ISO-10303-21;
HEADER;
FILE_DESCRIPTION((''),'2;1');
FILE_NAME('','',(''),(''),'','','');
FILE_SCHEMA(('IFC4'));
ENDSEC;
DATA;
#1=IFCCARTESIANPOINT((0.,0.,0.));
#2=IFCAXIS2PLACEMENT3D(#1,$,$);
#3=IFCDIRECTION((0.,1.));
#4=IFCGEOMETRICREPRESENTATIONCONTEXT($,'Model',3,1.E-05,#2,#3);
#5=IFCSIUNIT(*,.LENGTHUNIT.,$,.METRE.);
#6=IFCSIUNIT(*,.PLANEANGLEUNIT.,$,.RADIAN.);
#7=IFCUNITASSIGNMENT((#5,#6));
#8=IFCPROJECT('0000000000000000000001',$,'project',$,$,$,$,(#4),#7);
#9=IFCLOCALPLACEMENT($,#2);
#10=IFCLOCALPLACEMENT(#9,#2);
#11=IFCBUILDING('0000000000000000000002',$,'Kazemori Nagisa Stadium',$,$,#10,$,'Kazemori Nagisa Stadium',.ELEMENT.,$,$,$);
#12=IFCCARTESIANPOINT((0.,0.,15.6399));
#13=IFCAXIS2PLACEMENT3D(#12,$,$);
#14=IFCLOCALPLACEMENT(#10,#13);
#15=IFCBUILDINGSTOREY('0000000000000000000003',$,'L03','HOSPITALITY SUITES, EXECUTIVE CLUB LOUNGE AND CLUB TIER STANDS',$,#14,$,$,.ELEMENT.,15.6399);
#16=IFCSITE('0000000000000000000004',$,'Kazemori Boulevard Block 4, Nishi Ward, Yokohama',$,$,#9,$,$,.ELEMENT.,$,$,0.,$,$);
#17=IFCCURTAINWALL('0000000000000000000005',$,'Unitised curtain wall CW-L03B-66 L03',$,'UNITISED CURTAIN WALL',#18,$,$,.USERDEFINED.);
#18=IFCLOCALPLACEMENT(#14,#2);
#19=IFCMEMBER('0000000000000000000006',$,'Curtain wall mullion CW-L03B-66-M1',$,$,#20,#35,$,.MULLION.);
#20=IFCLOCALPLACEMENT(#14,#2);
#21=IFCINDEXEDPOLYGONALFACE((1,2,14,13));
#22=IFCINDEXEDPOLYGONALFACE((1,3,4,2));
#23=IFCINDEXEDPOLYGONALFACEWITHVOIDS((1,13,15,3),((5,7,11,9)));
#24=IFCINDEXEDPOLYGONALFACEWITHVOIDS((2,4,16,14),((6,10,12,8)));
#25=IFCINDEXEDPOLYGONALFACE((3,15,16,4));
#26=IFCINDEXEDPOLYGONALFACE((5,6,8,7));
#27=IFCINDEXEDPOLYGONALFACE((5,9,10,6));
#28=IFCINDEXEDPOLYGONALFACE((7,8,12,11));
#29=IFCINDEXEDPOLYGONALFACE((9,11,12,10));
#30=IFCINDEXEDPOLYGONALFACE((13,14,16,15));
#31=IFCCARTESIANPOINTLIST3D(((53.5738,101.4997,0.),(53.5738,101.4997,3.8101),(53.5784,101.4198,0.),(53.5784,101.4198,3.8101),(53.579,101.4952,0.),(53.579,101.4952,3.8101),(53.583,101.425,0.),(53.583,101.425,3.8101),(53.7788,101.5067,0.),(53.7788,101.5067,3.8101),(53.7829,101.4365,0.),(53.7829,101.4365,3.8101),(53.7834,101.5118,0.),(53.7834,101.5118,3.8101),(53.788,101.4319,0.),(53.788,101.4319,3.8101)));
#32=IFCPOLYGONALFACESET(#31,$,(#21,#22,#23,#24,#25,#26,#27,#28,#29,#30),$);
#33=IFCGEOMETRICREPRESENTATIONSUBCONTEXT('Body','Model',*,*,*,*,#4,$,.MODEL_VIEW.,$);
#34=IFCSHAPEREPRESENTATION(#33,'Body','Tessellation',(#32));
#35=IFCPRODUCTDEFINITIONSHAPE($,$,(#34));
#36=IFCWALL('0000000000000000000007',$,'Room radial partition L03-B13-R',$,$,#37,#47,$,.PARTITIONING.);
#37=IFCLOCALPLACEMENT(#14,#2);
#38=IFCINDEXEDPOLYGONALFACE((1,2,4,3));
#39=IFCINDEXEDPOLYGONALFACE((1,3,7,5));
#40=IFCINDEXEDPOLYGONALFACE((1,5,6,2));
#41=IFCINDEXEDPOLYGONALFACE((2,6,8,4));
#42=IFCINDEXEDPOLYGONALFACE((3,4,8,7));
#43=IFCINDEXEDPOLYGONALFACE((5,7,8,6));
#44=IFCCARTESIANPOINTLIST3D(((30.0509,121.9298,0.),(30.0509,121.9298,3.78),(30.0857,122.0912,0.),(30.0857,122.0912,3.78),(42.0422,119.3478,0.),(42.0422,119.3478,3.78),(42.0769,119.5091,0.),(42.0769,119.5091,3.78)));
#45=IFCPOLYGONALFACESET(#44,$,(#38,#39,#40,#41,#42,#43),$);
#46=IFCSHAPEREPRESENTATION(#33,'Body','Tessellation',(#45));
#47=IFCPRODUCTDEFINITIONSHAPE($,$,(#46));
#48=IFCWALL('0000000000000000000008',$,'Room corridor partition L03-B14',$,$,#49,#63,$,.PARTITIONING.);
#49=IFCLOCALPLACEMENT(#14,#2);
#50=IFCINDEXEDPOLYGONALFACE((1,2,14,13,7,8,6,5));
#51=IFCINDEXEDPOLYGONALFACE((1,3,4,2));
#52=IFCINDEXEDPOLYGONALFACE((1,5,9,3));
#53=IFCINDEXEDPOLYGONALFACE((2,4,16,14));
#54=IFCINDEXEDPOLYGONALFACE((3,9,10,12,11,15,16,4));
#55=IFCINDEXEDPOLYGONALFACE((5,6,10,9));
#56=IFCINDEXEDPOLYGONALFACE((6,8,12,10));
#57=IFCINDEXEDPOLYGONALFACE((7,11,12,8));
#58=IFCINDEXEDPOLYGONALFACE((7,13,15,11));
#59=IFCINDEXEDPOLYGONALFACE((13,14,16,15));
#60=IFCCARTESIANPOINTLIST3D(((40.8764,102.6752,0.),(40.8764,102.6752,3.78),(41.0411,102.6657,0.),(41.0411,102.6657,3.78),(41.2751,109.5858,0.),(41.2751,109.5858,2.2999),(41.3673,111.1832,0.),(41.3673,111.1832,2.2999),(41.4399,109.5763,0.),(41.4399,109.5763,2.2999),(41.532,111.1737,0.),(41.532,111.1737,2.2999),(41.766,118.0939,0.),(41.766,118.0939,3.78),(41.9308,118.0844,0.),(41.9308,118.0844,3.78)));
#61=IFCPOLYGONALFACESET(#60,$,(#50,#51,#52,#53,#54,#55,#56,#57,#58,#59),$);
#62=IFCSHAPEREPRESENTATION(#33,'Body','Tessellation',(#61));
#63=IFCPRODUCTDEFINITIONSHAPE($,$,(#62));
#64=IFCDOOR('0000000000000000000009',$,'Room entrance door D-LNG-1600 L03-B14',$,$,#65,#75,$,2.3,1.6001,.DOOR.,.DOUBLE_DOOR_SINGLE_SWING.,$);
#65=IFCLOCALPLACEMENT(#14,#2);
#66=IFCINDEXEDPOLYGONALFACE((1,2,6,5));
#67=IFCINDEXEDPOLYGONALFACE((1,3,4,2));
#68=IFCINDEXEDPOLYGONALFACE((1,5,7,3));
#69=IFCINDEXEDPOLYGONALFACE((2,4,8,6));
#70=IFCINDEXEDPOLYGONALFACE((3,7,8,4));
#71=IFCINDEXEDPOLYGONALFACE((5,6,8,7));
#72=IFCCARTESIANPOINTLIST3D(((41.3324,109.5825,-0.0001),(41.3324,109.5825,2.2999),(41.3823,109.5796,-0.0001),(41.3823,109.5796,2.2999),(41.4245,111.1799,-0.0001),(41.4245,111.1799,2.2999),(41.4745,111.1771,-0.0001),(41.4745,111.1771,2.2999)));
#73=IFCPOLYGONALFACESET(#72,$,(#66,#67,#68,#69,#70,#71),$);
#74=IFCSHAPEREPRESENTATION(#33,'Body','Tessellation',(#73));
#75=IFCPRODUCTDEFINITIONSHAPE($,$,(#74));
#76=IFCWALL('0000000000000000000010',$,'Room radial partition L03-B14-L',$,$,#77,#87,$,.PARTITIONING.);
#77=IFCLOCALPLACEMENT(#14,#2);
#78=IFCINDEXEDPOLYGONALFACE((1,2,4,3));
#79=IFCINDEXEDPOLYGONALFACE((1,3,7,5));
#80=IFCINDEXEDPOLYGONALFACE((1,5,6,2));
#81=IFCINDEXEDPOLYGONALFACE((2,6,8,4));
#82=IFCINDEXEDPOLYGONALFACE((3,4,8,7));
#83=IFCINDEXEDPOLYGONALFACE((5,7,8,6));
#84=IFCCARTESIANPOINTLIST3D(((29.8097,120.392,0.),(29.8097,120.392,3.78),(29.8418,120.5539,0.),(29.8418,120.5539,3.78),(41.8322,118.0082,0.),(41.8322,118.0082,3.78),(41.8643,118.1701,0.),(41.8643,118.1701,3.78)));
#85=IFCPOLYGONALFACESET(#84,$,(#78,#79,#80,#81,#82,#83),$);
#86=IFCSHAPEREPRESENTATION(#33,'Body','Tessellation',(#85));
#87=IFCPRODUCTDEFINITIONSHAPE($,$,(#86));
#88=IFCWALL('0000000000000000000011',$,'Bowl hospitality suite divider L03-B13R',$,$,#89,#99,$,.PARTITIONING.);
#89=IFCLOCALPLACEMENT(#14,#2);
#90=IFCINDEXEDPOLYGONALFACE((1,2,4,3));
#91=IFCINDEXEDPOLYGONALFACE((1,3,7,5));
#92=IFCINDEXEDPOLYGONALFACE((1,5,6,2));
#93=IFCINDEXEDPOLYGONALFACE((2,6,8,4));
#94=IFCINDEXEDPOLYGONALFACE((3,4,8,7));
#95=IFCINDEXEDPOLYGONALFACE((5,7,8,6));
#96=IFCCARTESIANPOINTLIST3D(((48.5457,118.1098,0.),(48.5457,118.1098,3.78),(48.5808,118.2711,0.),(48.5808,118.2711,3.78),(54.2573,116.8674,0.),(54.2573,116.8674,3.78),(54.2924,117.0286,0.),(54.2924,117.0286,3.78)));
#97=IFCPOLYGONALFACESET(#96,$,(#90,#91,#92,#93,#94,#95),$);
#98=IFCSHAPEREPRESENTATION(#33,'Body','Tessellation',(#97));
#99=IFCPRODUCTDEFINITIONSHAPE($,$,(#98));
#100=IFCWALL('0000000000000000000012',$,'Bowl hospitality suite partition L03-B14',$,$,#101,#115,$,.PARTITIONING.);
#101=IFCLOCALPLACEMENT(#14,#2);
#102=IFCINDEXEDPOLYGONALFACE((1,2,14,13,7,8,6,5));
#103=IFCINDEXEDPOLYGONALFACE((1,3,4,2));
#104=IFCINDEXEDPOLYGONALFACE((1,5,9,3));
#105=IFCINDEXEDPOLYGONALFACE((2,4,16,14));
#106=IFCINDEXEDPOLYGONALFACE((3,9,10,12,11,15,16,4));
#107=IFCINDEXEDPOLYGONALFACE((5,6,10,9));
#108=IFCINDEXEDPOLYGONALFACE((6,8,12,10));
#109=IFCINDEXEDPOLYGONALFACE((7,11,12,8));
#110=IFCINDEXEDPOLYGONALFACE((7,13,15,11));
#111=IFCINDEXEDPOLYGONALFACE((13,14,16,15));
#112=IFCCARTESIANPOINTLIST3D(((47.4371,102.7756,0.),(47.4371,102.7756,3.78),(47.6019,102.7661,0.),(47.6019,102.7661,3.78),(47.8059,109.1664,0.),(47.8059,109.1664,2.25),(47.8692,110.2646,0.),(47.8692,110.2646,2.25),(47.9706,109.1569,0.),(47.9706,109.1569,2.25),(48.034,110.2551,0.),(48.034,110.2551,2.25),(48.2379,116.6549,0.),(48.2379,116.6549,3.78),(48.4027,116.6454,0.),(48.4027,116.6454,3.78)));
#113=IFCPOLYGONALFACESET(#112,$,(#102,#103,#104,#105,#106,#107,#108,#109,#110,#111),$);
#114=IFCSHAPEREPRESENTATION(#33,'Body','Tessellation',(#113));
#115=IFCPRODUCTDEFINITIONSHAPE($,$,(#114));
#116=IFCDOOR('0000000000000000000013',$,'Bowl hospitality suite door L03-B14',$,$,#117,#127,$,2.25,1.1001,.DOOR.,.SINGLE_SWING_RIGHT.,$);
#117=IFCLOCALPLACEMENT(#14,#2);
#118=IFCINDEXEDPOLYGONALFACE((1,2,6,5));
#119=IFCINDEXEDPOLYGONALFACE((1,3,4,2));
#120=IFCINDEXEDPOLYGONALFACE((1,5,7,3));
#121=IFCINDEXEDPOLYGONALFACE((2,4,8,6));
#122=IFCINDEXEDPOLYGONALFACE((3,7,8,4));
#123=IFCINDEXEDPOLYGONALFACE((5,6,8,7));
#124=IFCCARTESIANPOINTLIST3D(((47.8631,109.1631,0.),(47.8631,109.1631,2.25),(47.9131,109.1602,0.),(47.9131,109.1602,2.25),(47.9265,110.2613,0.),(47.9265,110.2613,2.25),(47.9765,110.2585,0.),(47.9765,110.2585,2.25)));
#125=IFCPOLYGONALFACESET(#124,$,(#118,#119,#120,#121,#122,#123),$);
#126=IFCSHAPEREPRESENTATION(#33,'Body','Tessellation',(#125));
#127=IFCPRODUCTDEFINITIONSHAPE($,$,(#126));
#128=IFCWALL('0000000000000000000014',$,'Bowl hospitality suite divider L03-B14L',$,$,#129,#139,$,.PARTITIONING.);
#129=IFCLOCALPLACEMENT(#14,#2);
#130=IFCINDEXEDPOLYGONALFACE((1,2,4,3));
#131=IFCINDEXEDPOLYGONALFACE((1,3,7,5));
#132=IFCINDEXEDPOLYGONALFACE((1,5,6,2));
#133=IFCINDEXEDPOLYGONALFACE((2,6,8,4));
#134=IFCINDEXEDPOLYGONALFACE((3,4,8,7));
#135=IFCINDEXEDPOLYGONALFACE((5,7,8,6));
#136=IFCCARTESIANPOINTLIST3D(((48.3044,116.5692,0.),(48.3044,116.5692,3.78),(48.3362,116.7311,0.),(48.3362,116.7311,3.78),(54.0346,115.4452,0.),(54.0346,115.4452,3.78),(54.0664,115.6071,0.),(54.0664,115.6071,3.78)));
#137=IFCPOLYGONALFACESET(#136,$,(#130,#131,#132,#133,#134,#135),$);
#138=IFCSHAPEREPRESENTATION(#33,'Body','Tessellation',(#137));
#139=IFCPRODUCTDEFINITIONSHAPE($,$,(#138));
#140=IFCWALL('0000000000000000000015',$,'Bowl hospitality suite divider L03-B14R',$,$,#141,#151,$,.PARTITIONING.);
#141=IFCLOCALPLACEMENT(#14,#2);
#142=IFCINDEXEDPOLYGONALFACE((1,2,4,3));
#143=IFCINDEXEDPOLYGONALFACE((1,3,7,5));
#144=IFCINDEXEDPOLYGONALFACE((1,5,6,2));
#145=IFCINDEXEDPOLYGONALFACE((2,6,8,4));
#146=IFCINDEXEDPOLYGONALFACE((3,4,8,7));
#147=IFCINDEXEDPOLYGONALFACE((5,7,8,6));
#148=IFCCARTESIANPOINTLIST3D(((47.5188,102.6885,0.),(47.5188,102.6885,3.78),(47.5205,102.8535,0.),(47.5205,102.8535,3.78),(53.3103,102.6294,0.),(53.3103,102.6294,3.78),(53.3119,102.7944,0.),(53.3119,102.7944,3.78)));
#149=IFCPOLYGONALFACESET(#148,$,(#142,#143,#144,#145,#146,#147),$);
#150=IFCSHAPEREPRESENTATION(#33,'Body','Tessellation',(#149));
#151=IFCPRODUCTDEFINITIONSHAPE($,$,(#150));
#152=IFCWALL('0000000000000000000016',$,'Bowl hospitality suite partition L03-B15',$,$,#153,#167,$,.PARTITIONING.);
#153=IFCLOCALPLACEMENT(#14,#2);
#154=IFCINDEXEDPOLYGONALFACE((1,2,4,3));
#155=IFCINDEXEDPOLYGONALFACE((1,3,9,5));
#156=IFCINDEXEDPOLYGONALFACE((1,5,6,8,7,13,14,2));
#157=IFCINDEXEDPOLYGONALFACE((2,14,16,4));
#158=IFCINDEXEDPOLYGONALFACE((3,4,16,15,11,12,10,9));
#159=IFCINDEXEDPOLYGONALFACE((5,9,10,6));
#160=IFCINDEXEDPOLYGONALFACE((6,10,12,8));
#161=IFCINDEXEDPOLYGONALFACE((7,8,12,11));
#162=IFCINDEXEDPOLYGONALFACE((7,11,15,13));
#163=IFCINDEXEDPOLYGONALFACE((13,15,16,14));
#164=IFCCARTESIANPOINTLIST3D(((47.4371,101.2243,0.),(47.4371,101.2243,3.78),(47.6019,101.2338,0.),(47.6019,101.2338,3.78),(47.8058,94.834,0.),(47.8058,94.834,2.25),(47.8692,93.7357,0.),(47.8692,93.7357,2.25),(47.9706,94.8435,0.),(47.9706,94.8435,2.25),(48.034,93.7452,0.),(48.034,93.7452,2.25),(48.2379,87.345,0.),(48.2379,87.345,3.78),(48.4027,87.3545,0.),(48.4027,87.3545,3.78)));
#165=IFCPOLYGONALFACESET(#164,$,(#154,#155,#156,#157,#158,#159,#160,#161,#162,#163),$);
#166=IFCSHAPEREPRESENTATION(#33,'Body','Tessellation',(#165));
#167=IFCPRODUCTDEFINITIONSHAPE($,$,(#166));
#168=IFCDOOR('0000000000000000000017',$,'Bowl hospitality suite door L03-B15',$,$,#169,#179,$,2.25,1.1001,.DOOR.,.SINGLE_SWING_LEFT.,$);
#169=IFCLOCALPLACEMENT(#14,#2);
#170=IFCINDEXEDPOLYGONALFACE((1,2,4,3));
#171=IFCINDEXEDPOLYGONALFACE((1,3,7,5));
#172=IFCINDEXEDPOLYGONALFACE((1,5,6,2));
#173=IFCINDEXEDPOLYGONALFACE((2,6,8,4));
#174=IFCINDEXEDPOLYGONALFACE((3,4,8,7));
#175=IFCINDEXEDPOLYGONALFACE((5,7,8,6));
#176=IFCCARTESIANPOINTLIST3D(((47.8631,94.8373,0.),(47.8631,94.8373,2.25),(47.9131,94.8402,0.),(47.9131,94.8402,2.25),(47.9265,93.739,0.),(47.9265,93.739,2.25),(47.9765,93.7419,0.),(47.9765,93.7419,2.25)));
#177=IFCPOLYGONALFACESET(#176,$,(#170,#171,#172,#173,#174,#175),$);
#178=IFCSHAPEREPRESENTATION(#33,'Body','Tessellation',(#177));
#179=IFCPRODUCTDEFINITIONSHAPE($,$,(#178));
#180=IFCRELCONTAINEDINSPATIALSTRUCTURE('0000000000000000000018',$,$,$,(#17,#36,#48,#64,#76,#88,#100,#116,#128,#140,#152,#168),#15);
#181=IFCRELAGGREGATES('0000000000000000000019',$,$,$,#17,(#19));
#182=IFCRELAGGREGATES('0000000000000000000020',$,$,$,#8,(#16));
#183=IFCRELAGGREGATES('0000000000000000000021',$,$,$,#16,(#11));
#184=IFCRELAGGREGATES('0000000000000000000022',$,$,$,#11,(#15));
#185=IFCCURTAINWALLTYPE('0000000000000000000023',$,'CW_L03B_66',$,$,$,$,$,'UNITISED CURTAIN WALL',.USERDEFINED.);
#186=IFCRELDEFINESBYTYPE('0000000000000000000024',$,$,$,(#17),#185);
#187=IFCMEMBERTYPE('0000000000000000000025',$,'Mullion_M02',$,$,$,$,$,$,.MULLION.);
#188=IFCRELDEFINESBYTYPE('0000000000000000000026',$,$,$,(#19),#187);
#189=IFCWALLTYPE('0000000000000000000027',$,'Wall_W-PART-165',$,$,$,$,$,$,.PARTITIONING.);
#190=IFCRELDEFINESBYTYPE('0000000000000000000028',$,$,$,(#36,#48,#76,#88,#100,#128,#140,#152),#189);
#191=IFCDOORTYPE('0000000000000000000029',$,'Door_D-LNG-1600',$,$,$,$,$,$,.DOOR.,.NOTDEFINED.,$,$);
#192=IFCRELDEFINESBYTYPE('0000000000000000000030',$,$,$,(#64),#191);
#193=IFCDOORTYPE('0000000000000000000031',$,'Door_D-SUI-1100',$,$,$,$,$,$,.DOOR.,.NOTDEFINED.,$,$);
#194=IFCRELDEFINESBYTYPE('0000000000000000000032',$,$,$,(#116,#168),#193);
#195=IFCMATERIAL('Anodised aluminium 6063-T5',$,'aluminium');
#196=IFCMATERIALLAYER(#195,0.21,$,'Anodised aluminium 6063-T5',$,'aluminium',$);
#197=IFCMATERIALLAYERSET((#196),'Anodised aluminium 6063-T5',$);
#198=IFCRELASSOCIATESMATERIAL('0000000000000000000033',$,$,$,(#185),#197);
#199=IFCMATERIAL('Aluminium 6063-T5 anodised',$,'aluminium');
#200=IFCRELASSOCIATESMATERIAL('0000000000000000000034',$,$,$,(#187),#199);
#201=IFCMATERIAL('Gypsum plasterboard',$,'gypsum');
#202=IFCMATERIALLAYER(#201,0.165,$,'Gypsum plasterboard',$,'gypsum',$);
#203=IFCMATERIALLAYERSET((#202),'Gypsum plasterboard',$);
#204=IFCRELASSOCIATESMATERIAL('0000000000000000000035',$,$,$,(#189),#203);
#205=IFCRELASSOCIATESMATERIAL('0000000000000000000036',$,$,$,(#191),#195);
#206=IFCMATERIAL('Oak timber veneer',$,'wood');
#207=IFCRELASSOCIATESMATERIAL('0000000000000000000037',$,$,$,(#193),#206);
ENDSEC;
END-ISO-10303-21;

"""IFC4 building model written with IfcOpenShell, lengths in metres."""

from ifc_helpers import new_model, si_unit, direction, frame, frame_2d, origin, origin_2d, place, context, subcontext, project, spatial, rectangle, hollow_rectangle, extrude, material, layer, layer_set, material_profile, profile_set, type_object, element, fill, aggregate, save


model = new_model("IFC4")

# Units and contexts
model_context = context("Model", 3, precision=1e-05, world=origin(), true_north=direction((0.0, 1.0)))
body_context = subcontext(model_context, "Body", "Model", "MODEL_VIEW")
ifc_project = project(units=[si_unit("LENGTHUNIT", "METRE"), si_unit("PLANEANGLEUNIT", "RADIAN")], contexts=[model_context])

# Site, building, storey
site_placement = place(None, origin())
site = spatial("IfcSite", under=ifc_project, at=site_placement, Name="Kazemori Boulevard Block 4, Nishi Ward, Yokohama", CompositionType="ELEMENT", RefElevation=0.0)
building_placement = place(site_placement, origin())
building = spatial("IfcBuilding", under=site, at=building_placement, Name="Kazemori Nagisa Stadium", LongName="Kazemori Nagisa Stadium", CompositionType="ELEMENT")
storey_placement = place(building_placement, frame((0.0, 0.0, 15.6399)))
storey = spatial("IfcBuildingStorey", under=building, at=storey_placement, Name="L03", Description="HOSPITALITY SUITES, EXECUTIVE CLUB LOUNGE AND CLUB TIER STANDS", CompositionType="ELEMENT", Elevation=15.6399)

# Curtain wall, member
ifc_material_1 = material(Name="Anodised aluminium 6063-T5", Category="aluminium")
ifc_layer_1 = layer(ifc_material_1, 0.21, Name="Anodised aluminium 6063-T5", Category="aluminium")
ifc_layer_set_1 = layer_set([ifc_layer_1], Name="Anodised aluminium 6063-T5")
curtain_wall_type = type_object("IfcCurtainWallType", Name="CW_L03B_66", ElementType="UNITISED CURTAIN WALL", PredefinedType="USERDEFINED", material=ifc_layer_set_1)
ifc_material_2 = material(Name="Aluminium 6063-T5 anodised", Category="aluminium")
ifc_material_profile_1 = material_profile(ifc_material_2, hollow_rectangle(XDim=0.0801, YDim=0.21, WallThickness=0.0049, at=origin_2d()), Name="ALU-MULL-80x210x5")
ifc_profile_set_1 = profile_set([ifc_material_profile_1], Name="Aluminium 6063-T5 anodised")
member_type = type_object("IfcMemberType", Name="Mullion_M02", PredefinedType="MULLION", material=ifc_profile_set_1)
curtain_wall_1_placement = place(storey_placement, origin())
curtain_wall_1 = element("IfcCurtainWall", 1, at=curtain_wall_1_placement, inside=storey, type_object=curtain_wall_type, Name="Unitised curtain wall CW-L03B-66 L03", ObjectType="UNITISED CURTAIN WALL", PredefinedType="USERDEFINED")
member_1_placement = place(storey_placement, frame((53.6809, 101.4658, 0.0), z_axis=(0.0, 0.0, 1.0), x_axis=(0.057602, -0.99834, 0.0)))
member_1 = element("IfcMember", 2, at=member_1_placement, type_object=member_type, Name="Curtain wall mullion CW-L03B-66-M1", PredefinedType="MULLION", context=body_context, shape_type="SweptSolid", body=[
    extrude(hollow_rectangle(XDim=0.0801, YDim=0.21, WallThickness=0.0049, at=origin_2d()), origin(), (0.0, 0.0, 1.0), 3.8101),
])
aggregate(curtain_wall_1, [member_1])

# Wall
ifc_material_3 = material(Name="Gypsum plasterboard", Category="gypsum")
ifc_layer_2 = layer(ifc_material_3, 0.165, Name="Gypsum plasterboard", Category="gypsum")
ifc_layer_set_2 = layer_set([ifc_layer_2], Name="Gypsum plasterboard")
wall_type = type_object("IfcWallType", Name="Wall_W-PART-165", PredefinedType="PARTITIONING", material=ifc_layer_set_2)
wall_1_placement = place(storey_placement, frame((42.0596, 119.4285, 0.0), z_axis=(0.0, 0.0, 1.0), x_axis=(-0.977593, 0.210502, 0.0)))
element("IfcWall", 3, at=wall_1_placement, inside=storey, type_object=wall_type, Name="Room radial partition L03-B13-R", PredefinedType="PARTITIONING", context=body_context, shape_type="SweptSolid", body=[
    extrude(rectangle(XDim=12.2661, YDim=0.165, at=frame_2d((6.1331, 0.0))), origin(), (0.0, 0.0, 1.0), 3.78),
])

# Wall, opening, door
wall_2_placement = place(storey_placement, frame((41.8484, 118.0891, 0.0), z_axis=(0.0, 0.0, 1.0), x_axis=(-0.057604, -0.99834, 0.0)))
wall_2 = element("IfcWall", 4, at=wall_2_placement, inside=storey, type_object=wall_type, Name="Room corridor partition L03-B14", PredefinedType="PARTITIONING", context=body_context, shape_type="SweptSolid", body=[
    extrude(rectangle(XDim=15.4443, YDim=0.165, at=frame_2d((7.7222, 0.0))), origin(), (0.0, 0.0, 1.0), 3.78),
])
opening_1_placement = place(wall_2_placement, frame((6.9221, 0.0, 0.0)))
opening_1 = element("IfcOpeningElement", 5, at=opening_1_placement, cuts=wall_2, PredefinedType="OPENING", context=body_context, shape_type="SweptSolid", body=[
    extrude(rectangle(XDim=1.6001, YDim=2.3, at=frame_2d((0.8, 1.1499))), frame((0.0, 0.0925, 0.0), z_axis=(0.0, -1.0, 0.0), x_axis=(1.0, 0.0, 0.0)), (0.0, 0.0, 1.0), 0.1851),
])
door_type_1 = type_object("IfcDoorType", Name="Door_D-LNG-1600", OperationType="NOTDEFINED", PredefinedType="DOOR", material=ifc_material_1)
door_1_placement = place(opening_1_placement, origin())
door_1 = element("IfcDoor", 6, at=door_1_placement, inside=storey, type_object=door_type_1, Name="Room entrance door D-LNG-1600 L03-B14", OperationType="DOUBLE_DOOR_SINGLE_SWING", OverallHeight=2.3, OverallWidth=1.6001, PredefinedType="DOOR", context=body_context, shape_type="SweptSolid", body=[
    extrude(rectangle(XDim=1.6001, YDim=2.3, at=frame_2d((0.8, 1.1499))), frame((0.0, 0.0249, 0.0), z_axis=(0.0, -1.0, 0.0), x_axis=(1.0, 0.0, 0.0)), (0.0, 0.0, 1.0), 0.05),
])
fill(opening_1, door_1)

# Walls
wall_3_placement = place(storey_placement, frame((41.8484, 118.0891, 0.0), z_axis=(0.0, 0.0, 1.0), x_axis=(-0.980904, 0.194492, 0.0)))
element("IfcWall", 7, at=wall_3_placement, inside=storey, type_object=wall_type, Name="Room radial partition L03-B14-L", PredefinedType="PARTITIONING", context=body_context, shape_type="SweptSolid", body=[
    extrude(rectangle(XDim=12.2566, YDim=0.165, at=frame_2d((6.1284, 0.0))), origin(), (0.0, 0.0, 1.0), 3.78),
])
wall_4_placement = place(storey_placement, frame((48.5632, 118.1904, 0.0), z_axis=(0.0, 0.0, 1.0), x_axis=(0.977149, -0.212554, 0.0)))
element("IfcWall", 8, at=wall_4_placement, inside=storey, type_object=wall_type, Name="Bowl hospitality suite divider L03-B13R", PredefinedType="PARTITIONING", context=body_context, shape_type="SweptSolid", body=[
    extrude(rectangle(XDim=5.8452, YDim=0.165, at=frame_2d((2.9226, 0.0))), origin(), (0.0, 0.0, 1.0), 3.78),
])

# Wall, opening, door
wall_5_placement = place(storey_placement, frame((48.3203, 116.6501, 0.0), z_axis=(0.0, 0.0, 1.0), x_axis=(-0.057601, -0.99834, 0.0)))
wall_5 = element("IfcWall", 9, at=wall_5_placement, inside=storey, type_object=wall_type, Name="Bowl hospitality suite partition L03-B14", PredefinedType="PARTITIONING", context=body_context, shape_type="SweptSolid", body=[
    extrude(rectangle(XDim=13.9023, YDim=0.165, at=frame_2d((6.9512, 0.0))), origin(), (0.0, 0.0, 1.0), 3.78),
])
opening_2_placement = place(wall_5_placement, frame((6.4009, 0.0, 0.0)))
opening_2 = element("IfcOpeningElement", 10, at=opening_2_placement, cuts=wall_5, PredefinedType="OPENING", context=body_context, shape_type="SweptSolid", body=[
    extrude(rectangle(XDim=1.1001, YDim=2.25, at=frame_2d((0.55, 1.125))), frame((0.0, 0.0925, 0.0), z_axis=(0.0, -1.0, 0.0), x_axis=(1.0, 0.0, 0.0)), (0.0, 0.0, 1.0), 0.1851),
])
ifc_material_4 = material(Name="Oak timber veneer", Category="wood")
door_type_2 = type_object("IfcDoorType", Name="Door_D-SUI-1100", OperationType="NOTDEFINED", PredefinedType="DOOR", material=ifc_material_4)
door_2_placement = place(opening_2_placement, origin())
door_2 = element("IfcDoor", 11, at=door_2_placement, inside=storey, type_object=door_type_2, Name="Bowl hospitality suite door L03-B14", OperationType="SINGLE_SWING_RIGHT", OverallHeight=2.25, OverallWidth=1.1001, PredefinedType="DOOR", context=body_context, shape_type="SweptSolid", body=[
    extrude(rectangle(XDim=1.1001, YDim=2.25, at=frame_2d((0.55, 1.125))), frame((0.0, 0.0249, 0.0), z_axis=(0.0, -1.0, 0.0), x_axis=(1.0, 0.0, 0.0)), (0.0, 0.0, 1.0), 0.05),
])
fill(opening_2, door_2)

# Walls
wall_6_placement = place(storey_placement, frame((48.3203, 116.6501, 0.0), z_axis=(0.0, 0.0, 1.0), x_axis=(0.981299, -0.192489, 0.0)))
element("IfcWall", 12, at=wall_6_placement, inside=storey, type_object=wall_type, Name="Bowl hospitality suite divider L03-B14L", PredefinedType="PARTITIONING", context=body_context, shape_type="SweptSolid", body=[
    extrude(rectangle(XDim=5.8394, YDim=0.165, at=frame_2d((2.9197, 0.0))), origin(), (0.0, 0.0, 1.0), 3.78),
])
wall_7_placement = place(storey_placement, frame((47.5195, 102.771, 0.0), z_axis=(0.0, 0.0, 1.0), x_axis=(0.999948, -0.010201, 0.0)))
element("IfcWall", 13, at=wall_7_placement, inside=storey, type_object=wall_type, Name="Bowl hospitality suite divider L03-B14R", PredefinedType="PARTITIONING", context=body_context, shape_type="SweptSolid", body=[
    extrude(rectangle(XDim=5.7917, YDim=0.165, at=frame_2d((2.896, 0.0))), origin(), (0.0, 0.0, 1.0), 3.78),
])

# Wall, opening, door
wall_8_placement = place(storey_placement, frame((47.5195, 101.229, 0.0), z_axis=(0.0, 0.0, 1.0), x_axis=(0.057601, -0.99834, 0.0)))
wall_8 = element("IfcWall", 14, at=wall_8_placement, inside=storey, type_object=wall_type, Name="Bowl hospitality suite partition L03-B15", PredefinedType="PARTITIONING", context=body_context, shape_type="SweptSolid", body=[
    extrude(rectangle(XDim=13.9023, YDim=0.165, at=frame_2d((6.9512, 0.0))), origin(), (0.0, 0.0, 1.0), 3.78),
])
opening_3_placement = place(wall_8_placement, frame((6.4009, 0.0, 0.0)))
opening_3 = element("IfcOpeningElement", 15, at=opening_3_placement, cuts=wall_8, PredefinedType="OPENING", context=body_context, shape_type="SweptSolid", body=[
    extrude(rectangle(XDim=1.1001, YDim=2.25, at=frame_2d((0.55, 1.125))), frame((0.0, 0.0925, 0.0), z_axis=(0.0, -1.0, 0.0), x_axis=(1.0, 0.0, 0.0)), (0.0, 0.0, 1.0), 0.1851),
])
door_3_placement = place(opening_3_placement, origin())
door_3 = element("IfcDoor", 16, at=door_3_placement, inside=storey, type_object=door_type_2, Name="Bowl hospitality suite door L03-B15", OperationType="SINGLE_SWING_LEFT", OverallHeight=2.25, OverallWidth=1.1001, PredefinedType="DOOR", context=body_context, shape_type="SweptSolid", body=[
    extrude(rectangle(XDim=1.1001, YDim=2.25, at=frame_2d((0.55, 1.125))), frame((0.0, 0.0249, 0.0), z_axis=(0.0, -1.0, 0.0), x_axis=(1.0, 0.0, 0.0)), (0.0, 0.0, 1.0), 0.05),
])
fill(opening_3, door_3)

save(model, "model.ifc")
